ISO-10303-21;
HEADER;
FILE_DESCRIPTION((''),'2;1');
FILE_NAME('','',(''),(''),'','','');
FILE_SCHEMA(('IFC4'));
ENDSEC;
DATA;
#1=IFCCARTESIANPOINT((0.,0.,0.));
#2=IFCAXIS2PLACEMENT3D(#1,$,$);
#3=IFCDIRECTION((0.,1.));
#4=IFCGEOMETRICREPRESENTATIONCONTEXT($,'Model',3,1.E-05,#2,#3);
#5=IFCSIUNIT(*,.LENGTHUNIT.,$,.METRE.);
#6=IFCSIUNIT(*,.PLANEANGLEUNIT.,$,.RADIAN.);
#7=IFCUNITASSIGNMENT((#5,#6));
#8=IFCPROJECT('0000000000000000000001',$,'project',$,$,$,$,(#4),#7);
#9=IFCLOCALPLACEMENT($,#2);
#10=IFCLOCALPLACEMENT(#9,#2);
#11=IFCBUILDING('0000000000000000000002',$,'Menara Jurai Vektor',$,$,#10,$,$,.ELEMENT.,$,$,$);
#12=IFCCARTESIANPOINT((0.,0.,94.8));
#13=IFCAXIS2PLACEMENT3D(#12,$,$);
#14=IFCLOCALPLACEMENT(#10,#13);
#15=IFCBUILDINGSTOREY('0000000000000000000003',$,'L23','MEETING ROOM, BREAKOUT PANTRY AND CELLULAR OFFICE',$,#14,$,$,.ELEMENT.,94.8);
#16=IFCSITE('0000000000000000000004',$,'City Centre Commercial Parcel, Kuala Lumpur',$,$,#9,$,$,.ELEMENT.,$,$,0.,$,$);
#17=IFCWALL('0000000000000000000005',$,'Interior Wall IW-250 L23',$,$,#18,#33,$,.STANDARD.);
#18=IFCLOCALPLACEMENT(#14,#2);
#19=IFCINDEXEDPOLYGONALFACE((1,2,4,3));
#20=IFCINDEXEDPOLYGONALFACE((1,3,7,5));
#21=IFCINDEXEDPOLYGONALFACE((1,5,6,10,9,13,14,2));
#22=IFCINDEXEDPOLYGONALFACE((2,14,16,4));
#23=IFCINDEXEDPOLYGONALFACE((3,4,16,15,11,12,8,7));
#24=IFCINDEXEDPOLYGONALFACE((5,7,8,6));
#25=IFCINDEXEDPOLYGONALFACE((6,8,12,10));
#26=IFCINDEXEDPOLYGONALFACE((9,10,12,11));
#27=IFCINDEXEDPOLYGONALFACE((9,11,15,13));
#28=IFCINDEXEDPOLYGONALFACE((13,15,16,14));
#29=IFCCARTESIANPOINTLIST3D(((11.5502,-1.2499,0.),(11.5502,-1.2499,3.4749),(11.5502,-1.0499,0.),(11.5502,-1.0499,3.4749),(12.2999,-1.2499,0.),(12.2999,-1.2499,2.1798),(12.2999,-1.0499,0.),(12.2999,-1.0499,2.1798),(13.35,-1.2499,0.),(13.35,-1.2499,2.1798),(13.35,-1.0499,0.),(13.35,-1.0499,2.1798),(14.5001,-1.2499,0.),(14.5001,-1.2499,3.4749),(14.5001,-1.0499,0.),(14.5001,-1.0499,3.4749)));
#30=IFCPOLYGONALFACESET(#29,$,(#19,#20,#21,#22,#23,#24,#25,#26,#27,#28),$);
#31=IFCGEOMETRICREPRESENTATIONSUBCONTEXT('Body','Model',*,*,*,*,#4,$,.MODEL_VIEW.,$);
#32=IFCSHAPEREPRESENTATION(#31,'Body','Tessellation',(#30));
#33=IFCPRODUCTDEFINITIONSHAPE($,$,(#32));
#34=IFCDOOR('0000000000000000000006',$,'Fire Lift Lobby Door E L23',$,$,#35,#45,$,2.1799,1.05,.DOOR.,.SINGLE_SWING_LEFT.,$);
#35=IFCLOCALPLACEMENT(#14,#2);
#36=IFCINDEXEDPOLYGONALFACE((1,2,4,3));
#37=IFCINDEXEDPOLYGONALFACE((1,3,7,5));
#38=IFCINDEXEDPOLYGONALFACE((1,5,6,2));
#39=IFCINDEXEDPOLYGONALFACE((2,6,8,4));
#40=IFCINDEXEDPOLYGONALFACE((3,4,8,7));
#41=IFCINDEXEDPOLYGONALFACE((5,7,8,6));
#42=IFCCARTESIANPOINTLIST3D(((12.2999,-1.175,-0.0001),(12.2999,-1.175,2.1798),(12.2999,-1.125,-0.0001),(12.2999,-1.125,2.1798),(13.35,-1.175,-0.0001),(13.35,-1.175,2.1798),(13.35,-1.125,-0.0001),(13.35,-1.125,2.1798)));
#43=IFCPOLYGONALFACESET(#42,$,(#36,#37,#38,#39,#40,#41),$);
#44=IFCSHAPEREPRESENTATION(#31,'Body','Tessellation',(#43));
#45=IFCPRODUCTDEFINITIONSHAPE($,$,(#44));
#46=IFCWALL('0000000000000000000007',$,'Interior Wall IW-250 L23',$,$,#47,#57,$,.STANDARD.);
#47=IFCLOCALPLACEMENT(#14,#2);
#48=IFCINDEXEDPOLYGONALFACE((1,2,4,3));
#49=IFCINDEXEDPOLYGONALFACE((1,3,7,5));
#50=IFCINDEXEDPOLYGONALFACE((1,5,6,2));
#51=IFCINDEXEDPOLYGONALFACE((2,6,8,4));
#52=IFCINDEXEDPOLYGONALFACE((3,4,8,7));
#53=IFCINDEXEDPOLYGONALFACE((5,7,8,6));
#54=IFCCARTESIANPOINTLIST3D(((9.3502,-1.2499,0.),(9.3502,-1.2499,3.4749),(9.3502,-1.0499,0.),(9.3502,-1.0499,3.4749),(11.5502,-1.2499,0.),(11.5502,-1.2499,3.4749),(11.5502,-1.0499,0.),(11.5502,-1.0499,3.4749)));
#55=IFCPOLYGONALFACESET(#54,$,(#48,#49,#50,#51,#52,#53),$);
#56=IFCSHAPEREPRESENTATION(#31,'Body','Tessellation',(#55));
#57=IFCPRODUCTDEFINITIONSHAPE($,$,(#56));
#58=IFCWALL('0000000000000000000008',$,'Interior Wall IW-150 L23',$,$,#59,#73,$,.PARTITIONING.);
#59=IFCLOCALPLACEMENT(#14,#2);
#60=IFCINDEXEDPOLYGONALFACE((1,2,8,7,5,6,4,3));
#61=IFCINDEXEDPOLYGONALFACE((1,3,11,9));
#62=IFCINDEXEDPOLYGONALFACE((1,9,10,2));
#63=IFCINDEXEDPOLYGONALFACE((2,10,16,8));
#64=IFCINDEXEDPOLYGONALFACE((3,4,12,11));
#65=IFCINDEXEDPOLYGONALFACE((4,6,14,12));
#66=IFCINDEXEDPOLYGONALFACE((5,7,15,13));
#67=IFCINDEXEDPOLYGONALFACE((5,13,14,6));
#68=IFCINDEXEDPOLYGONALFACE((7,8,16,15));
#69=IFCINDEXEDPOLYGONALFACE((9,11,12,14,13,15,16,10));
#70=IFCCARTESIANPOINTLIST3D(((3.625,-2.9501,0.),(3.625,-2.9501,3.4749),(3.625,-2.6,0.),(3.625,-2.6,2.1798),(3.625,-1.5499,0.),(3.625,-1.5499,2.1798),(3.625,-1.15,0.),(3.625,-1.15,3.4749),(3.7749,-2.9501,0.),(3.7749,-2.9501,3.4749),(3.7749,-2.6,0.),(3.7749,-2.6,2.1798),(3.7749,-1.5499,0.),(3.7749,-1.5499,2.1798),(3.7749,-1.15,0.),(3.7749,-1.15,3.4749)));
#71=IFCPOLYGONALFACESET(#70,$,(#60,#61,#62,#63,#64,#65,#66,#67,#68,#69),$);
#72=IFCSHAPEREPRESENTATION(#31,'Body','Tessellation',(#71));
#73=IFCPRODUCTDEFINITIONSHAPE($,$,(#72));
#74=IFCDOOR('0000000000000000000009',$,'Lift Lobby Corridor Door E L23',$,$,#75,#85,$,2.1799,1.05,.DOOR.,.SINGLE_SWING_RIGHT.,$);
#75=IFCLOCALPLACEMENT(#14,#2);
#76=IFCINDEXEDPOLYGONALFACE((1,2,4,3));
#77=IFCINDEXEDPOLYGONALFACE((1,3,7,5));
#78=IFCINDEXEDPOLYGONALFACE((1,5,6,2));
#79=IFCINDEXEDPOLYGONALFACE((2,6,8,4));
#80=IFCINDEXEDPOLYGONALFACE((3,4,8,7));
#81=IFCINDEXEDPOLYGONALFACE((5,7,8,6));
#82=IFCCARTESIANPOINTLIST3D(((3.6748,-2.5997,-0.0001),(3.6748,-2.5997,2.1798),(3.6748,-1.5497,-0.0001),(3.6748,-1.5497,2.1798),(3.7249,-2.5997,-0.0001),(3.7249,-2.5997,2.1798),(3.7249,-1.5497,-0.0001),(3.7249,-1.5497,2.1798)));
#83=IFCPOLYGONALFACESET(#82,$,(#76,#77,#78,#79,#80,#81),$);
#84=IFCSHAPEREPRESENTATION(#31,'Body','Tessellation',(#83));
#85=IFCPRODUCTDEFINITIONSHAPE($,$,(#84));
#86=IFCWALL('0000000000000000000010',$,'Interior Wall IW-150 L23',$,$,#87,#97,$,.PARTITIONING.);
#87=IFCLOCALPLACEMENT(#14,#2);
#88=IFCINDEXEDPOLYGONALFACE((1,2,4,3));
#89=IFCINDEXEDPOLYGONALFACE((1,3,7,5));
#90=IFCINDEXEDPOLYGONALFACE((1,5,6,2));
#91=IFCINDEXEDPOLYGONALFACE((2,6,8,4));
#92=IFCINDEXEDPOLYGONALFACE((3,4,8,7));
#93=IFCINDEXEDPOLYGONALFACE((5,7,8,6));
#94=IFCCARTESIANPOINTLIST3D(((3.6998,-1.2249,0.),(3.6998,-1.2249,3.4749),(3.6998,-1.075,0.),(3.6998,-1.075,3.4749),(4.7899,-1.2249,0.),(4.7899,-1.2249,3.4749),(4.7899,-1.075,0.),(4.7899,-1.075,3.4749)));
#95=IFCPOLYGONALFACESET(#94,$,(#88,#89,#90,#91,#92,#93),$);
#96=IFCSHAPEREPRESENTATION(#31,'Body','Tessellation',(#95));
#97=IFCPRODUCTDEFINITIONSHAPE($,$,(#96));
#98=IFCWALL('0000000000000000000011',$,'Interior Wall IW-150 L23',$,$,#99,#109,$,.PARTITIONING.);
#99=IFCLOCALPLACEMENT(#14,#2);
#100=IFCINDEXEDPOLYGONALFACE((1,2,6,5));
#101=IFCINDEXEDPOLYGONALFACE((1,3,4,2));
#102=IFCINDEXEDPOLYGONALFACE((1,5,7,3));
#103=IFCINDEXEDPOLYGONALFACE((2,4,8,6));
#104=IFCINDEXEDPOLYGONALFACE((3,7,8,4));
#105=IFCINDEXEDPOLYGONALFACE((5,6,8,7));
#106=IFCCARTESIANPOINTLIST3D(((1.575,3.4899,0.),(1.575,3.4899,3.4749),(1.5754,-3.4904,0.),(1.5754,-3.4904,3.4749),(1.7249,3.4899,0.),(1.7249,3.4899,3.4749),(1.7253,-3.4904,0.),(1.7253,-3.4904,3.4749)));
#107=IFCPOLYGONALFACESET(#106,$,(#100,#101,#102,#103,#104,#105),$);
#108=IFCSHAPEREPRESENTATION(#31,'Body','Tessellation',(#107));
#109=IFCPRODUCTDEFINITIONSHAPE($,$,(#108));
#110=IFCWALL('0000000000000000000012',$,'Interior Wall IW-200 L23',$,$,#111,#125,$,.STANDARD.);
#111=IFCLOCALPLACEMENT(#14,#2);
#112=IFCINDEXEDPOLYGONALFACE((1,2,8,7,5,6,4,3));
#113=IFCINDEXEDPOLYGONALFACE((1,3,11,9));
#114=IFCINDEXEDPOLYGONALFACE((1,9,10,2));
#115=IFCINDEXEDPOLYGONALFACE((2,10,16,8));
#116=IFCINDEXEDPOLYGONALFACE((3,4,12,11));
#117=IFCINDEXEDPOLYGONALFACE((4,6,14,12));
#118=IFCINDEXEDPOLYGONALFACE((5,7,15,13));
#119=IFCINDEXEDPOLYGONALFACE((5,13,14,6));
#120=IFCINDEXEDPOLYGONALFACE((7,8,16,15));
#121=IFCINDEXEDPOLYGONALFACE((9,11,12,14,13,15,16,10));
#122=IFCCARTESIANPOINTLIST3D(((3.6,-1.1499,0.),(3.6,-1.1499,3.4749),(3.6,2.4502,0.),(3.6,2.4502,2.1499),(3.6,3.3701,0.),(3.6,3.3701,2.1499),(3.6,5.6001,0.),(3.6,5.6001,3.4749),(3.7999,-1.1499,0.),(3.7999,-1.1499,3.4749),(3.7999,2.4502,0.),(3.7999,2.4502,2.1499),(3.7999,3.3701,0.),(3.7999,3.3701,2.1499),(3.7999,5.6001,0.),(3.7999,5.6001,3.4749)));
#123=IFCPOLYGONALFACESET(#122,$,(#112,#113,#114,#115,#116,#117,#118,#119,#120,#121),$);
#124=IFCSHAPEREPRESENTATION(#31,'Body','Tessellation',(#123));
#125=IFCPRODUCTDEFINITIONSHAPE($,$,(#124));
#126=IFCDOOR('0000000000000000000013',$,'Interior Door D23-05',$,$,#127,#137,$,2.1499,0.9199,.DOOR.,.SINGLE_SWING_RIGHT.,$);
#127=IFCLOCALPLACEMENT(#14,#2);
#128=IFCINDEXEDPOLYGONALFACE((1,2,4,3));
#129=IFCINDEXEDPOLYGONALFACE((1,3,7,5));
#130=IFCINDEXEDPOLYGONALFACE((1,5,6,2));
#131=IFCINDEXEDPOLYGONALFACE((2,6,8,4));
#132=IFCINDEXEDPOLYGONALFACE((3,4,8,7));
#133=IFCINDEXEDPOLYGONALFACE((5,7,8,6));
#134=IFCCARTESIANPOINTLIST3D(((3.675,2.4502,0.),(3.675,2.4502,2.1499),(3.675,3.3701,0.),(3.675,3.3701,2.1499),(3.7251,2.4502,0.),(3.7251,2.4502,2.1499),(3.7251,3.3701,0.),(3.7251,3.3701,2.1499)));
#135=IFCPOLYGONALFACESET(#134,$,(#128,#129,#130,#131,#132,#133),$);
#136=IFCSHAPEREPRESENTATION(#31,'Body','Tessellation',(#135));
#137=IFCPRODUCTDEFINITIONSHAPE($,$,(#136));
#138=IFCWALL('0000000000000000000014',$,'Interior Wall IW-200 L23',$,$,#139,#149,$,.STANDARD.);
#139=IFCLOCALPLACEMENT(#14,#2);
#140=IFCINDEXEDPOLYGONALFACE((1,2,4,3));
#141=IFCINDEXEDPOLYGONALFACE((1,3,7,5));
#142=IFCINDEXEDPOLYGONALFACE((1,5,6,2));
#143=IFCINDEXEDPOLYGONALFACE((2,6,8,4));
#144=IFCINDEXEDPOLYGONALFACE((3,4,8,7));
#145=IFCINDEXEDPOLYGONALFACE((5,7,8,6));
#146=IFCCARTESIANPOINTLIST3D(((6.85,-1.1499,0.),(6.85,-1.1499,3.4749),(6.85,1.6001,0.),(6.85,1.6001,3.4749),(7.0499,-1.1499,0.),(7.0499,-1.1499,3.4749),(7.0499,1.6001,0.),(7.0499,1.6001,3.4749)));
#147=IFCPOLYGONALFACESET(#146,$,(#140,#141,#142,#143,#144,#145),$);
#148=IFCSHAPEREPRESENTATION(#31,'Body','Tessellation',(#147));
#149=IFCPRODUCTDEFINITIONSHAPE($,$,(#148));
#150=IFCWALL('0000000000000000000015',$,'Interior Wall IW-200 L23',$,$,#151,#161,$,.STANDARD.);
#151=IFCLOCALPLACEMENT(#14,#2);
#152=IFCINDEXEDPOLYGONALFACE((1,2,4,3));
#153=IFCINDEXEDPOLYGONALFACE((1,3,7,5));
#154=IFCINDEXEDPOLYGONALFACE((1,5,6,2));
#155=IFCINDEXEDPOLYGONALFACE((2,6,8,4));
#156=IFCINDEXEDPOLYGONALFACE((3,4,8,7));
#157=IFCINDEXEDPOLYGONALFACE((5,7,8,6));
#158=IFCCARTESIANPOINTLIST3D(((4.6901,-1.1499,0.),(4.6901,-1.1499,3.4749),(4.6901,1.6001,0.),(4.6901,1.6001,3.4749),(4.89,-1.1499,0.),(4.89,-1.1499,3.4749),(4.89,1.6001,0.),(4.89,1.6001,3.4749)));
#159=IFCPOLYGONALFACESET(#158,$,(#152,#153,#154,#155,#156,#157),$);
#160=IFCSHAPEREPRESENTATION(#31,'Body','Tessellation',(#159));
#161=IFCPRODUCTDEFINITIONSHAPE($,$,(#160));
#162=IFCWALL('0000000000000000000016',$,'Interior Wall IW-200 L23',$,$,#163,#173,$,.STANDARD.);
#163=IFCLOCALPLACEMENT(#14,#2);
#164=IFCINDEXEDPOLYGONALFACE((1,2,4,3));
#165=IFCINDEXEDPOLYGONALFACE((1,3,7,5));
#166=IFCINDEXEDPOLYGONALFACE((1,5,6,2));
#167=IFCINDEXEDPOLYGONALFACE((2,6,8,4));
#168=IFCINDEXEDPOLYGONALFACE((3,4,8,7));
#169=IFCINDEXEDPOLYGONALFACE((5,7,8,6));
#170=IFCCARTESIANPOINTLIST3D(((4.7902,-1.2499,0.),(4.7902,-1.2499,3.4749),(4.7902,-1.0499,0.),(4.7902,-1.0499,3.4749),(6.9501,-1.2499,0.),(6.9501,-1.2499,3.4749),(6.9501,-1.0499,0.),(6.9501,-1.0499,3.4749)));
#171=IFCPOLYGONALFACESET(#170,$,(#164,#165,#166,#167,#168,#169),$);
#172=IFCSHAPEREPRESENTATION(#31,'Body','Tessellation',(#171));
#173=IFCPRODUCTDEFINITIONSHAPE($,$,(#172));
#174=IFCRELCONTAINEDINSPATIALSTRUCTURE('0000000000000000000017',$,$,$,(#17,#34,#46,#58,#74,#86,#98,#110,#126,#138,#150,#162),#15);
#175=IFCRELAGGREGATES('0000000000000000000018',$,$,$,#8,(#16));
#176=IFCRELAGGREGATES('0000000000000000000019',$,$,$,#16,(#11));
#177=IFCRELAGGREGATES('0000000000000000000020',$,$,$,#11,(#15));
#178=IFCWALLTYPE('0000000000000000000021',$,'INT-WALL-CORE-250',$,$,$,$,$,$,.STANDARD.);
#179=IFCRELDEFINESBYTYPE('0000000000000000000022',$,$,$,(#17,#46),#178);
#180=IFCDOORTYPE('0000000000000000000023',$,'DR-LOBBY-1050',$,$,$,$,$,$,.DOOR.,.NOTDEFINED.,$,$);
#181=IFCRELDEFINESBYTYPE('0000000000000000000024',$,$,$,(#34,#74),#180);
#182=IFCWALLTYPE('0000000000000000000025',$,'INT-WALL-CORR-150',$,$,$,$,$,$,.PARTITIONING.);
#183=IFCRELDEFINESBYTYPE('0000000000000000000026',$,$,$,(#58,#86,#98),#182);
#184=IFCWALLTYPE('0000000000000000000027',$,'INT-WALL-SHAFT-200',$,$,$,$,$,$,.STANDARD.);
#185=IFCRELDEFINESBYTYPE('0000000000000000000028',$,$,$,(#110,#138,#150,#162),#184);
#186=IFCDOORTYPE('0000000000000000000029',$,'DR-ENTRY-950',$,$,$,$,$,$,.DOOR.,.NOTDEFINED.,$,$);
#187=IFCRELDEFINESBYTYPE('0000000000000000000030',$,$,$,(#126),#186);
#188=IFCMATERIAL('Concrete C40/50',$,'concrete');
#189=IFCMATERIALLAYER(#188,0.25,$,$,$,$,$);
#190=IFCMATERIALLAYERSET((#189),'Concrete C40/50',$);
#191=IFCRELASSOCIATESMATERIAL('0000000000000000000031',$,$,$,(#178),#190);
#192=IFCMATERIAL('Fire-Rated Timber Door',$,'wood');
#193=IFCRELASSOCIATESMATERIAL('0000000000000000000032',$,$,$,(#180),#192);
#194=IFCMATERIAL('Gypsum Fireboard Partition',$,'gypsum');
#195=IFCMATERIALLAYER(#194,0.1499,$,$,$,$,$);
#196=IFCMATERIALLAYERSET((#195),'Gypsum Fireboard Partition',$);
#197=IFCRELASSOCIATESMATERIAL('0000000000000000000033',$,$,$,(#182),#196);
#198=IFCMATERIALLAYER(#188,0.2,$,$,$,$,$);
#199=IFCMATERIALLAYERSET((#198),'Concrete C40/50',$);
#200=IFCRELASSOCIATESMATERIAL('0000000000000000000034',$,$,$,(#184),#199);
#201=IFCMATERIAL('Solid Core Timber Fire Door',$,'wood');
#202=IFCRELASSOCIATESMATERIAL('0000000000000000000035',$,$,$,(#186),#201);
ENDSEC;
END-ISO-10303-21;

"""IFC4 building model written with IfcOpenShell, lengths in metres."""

from ifc_helpers import new_model, si_unit, direction, frame, frame_2d, origin, place, context, subcontext, project, spatial, rectangle, extrude, material, layer, layer_set, type_object, element, fill, save


model = new_model("IFC4")

# Units and contexts
model_context = context("Model", 3, precision=1e-05, world=origin(), true_north=direction((0.0, 1.0)))
body_context = subcontext(model_context, "Body", "Model", "MODEL_VIEW")
ifc_project = project(units=[si_unit("LENGTHUNIT", "METRE"), si_unit("PLANEANGLEUNIT", "RADIAN")], contexts=[model_context])

# Site, building, storey
site_placement = place(None, origin())
site = spatial("IfcSite", under=ifc_project, at=site_placement, Name="City Centre Commercial Parcel, Kuala Lumpur", CompositionType="ELEMENT", RefElevation=0.0)
building_placement = place(site_placement, origin())
building = spatial("IfcBuilding", under=site, at=building_placement, Name="Menara Jurai Vektor", CompositionType="ELEMENT")
storey_placement = place(building_placement, frame((0.0, 0.0, 94.8)))
storey = spatial("IfcBuildingStorey", under=building, at=storey_placement, Name="L23", Description="MEETING ROOM, BREAKOUT PANTRY AND CELLULAR OFFICE", CompositionType="ELEMENT", Elevation=94.8)

# Shared definitions
ifc_material_1 = material(Name="Concrete C40/50", Category="concrete")
ifc_layer_1 = layer(ifc_material_1, 0.25)
ifc_layer_set_1 = layer_set([ifc_layer_1], Name="Concrete C40/50")
wall_type_1 = type_object("IfcWallType", Name="INT-WALL-CORE-250", PredefinedType="STANDARD", material=ifc_layer_set_1)

# Wall, opening, door
wall_1_placement = place(storey_placement, frame((11.55, -1.1499, 0.0), z_axis=(0.0, 0.0, 1.0), x_axis=(1.0, 0.0, 0.0)))
wall_1 = element("IfcWall", 1, at=wall_1_placement, inside=storey, type_object=wall_type_1, Name="Interior Wall IW-250 L23", PredefinedType="STANDARD", context=body_context, shape_type="SweptSolid", body=[
    extrude(rectangle(XDim=2.95, YDim=0.2, at=frame_2d((1.4751, 0.0))), origin(), (0.0, 0.0, 1.0), 3.4749),
])
opening_1_placement = place(wall_1_placement, frame((0.75, 0.0, 0.0)))
opening_1 = element("IfcOpeningElement", 2, at=opening_1_placement, cuts=wall_1, PredefinedType="OPENING", context=body_context, shape_type="SweptSolid", body=[
    extrude(rectangle(XDim=1.05, YDim=2.1799, at=frame_2d((0.5249, 1.0898))), frame((0.0, 0.1099, 0.0), z_axis=(0.0, -1.0, 0.0), x_axis=(1.0, 0.0, 0.0)), (0.0, 0.0, 1.0), 0.22),
])
ifc_material_2 = material(Name="Fire-Rated Timber Door", Category="wood")
door_type_1 = type_object("IfcDoorType", Name="DR-LOBBY-1050", OperationType="NOTDEFINED", PredefinedType="DOOR", material=ifc_material_2)
door_1_placement = place(opening_1_placement, origin())
door_1 = element("IfcDoor", 3, at=door_1_placement, inside=storey, type_object=door_type_1, Name="Fire Lift Lobby Door E L23", OperationType="SINGLE_SWING_LEFT", OverallHeight=2.1799, OverallWidth=1.05, PredefinedType="DOOR", context=body_context, shape_type="SweptSolid", body=[
    extrude(rectangle(XDim=1.05, YDim=2.1799, at=frame_2d((0.5249, 1.0898))), frame((0.0, 0.0249, 0.0), z_axis=(0.0, -1.0, 0.0), x_axis=(1.0, 0.0, 0.0)), (0.0, 0.0, 1.0), 0.05),
])
fill(opening_1, door_1)

# Wall
wall_2_placement = place(storey_placement, frame((9.3501, -1.1499, 0.0), z_axis=(0.0, 0.0, 1.0), x_axis=(1.0, 0.0, 0.0)))
element("IfcWall", 4, at=wall_2_placement, inside=storey, type_object=wall_type_1, Name="Interior Wall IW-250 L23", PredefinedType="STANDARD", context=body_context, shape_type="SweptSolid", body=[
    extrude(rectangle(XDim=2.2, YDim=0.2, at=frame_2d((1.1001, 0.0))), origin(), (0.0, 0.0, 1.0), 3.4749),
])

# Wall, opening, door
ifc_material_3 = material(Name="Gypsum Fireboard Partition", Category="gypsum")
ifc_layer_2 = layer(ifc_material_3, 0.1499)
ifc_layer_set_2 = layer_set([ifc_layer_2], Name="Gypsum Fireboard Partition")
wall_type_2 = type_object("IfcWallType", Name="INT-WALL-CORR-150", PredefinedType="PARTITIONING", material=ifc_layer_set_2)
wall_3_placement = place(storey_placement, frame((3.7, -2.95, 0.0), z_axis=(0.0, 0.0, 1.0), x_axis=(0.0, 1.0, 0.0)))
wall_3 = element("IfcWall", 5, at=wall_3_placement, inside=storey, type_object=wall_type_2, Name="Interior Wall IW-150 L23", PredefinedType="PARTITIONING", context=body_context, shape_type="SweptSolid", body=[
    extrude(rectangle(XDim=1.8, YDim=0.1499, at=frame_2d((0.8999, 0.0))), origin(), (0.0, 0.0, 1.0), 3.4749),
])
opening_2_placement = place(wall_3_placement, frame((0.3501, 0.0, 0.0)))
opening_2 = element("IfcOpeningElement", 6, at=opening_2_placement, cuts=wall_3, PredefinedType="OPENING", context=body_context, shape_type="SweptSolid", body=[
    extrude(rectangle(XDim=1.05, YDim=2.1799, at=frame_2d((0.5249, 1.0898))), frame((0.0, 0.085, 0.0), z_axis=(0.0, -1.0, 0.0), x_axis=(1.0, 0.0, 0.0)), (0.0, 0.0, 1.0), 0.1699),
])
door_2_placement = place(opening_2_placement, frame((1.05, 0.0, 0.0), z_axis=(0.0, 0.0, 1.0), x_axis=(-1.0, 0.0, 0.0)))
door_2 = element("IfcDoor", 7, at=door_2_placement, inside=storey, type_object=door_type_1, Name="Lift Lobby Corridor Door E L23", OperationType="SINGLE_SWING_RIGHT", OverallHeight=2.1799, OverallWidth=1.05, PredefinedType="DOOR", context=body_context, shape_type="SweptSolid", body=[
    extrude(rectangle(XDim=1.05, YDim=2.1799, at=frame_2d((0.5249, 1.0898))), frame((0.0, 0.0249, 0.0), z_axis=(0.0, -1.0, 0.0), x_axis=(1.0, 0.0, 0.0)), (0.0, 0.0, 1.0), 0.05),
])
fill(opening_2, door_2)

# Walls
wall_4_placement = place(storey_placement, frame((3.7, -1.1499, 0.0), z_axis=(0.0, 0.0, 1.0), x_axis=(1.0, 0.0, 0.0)))
element("IfcWall", 8, at=wall_4_placement, inside=storey, type_object=wall_type_2, Name="Interior Wall IW-150 L23", PredefinedType="PARTITIONING", context=body_context, shape_type="SweptSolid", body=[
    extrude(rectangle(XDim=1.0901, YDim=0.1499, at=frame_2d((0.5449, 0.0))), origin(), (0.0, 0.0, 1.0), 3.4749),
])
wall_5_placement = place(storey_placement, frame((1.6504, -3.4905, 0.0), z_axis=(0.0, 0.0, 1.0), x_axis=(-0.00007, 1.0, 0.0)))
element("IfcWall", 9, at=wall_5_placement, inside=storey, type_object=wall_type_2, Name="Interior Wall IW-150 L23", PredefinedType="PARTITIONING", context=body_context, shape_type="SweptSolid", body=[
    extrude(rectangle(XDim=6.9802, YDim=0.1499, at=frame_2d((3.4902, 0.0))), origin(), (0.0, 0.0, 1.0), 3.4749),
])

# Wall, opening, door
ifc_layer_3 = layer(ifc_material_1, 0.2)
ifc_layer_set_3 = layer_set([ifc_layer_3], Name="Concrete C40/50")
wall_type_3 = type_object("IfcWallType", Name="INT-WALL-SHAFT-200", PredefinedType="STANDARD", material=ifc_layer_set_3)
wall_6_placement = place(storey_placement, frame((3.7, -1.1499, 0.0), z_axis=(0.0, 0.0, 1.0), x_axis=(0.0, 1.0, 0.0)))
wall_6 = element("IfcWall", 10, at=wall_6_placement, inside=storey, type_object=wall_type_3, Name="Interior Wall IW-200 L23", PredefinedType="STANDARD", context=body_context, shape_type="SweptSolid", body=[
    extrude(rectangle(XDim=6.75, YDim=0.2, at=frame_2d((3.375, 0.0))), origin(), (0.0, 0.0, 1.0), 3.4749),
])
opening_3_placement = place(wall_6_placement, frame((3.6001, 0.0, 0.0)))
opening_3 = element("IfcOpeningElement", 11, at=opening_3_placement, cuts=wall_6, PredefinedType="OPENING", context=body_context, shape_type="SweptSolid", body=[
    extrude(rectangle(XDim=0.9199, YDim=2.1499, at=frame_2d((0.46, 1.075))), frame((0.0, 0.1099, 0.0), z_axis=(0.0, -1.0, 0.0), x_axis=(1.0, 0.0, 0.0)), (0.0, 0.0, 1.0), 0.22),
])
ifc_material_4 = material(Name="Solid Core Timber Fire Door", Category="wood")
door_type_2 = type_object("IfcDoorType", Name="DR-ENTRY-950", OperationType="NOTDEFINED", PredefinedType="DOOR", material=ifc_material_4)
door_3_placement = place(opening_3_placement, origin())
door_3 = element("IfcDoor", 12, at=door_3_placement, inside=storey, type_object=door_type_2, Name="Interior Door D23-05", OperationType="SINGLE_SWING_RIGHT", OverallHeight=2.1499, OverallWidth=0.9199, PredefinedType="DOOR", context=body_context, shape_type="SweptSolid", body=[
    extrude(rectangle(XDim=0.9199, YDim=2.1499, at=frame_2d((0.46, 1.075))), frame((0.0, 0.0249, 0.0), z_axis=(0.0, -1.0, 0.0), x_axis=(1.0, 0.0, 0.0)), (0.0, 0.0, 1.0), 0.05),
])
fill(opening_3, door_3)

# Wall
wall_7_placement = place(storey_placement, frame((6.95, -1.1499, 0.0), z_axis=(0.0, 0.0, 1.0), x_axis=(0.0, 1.0, 0.0)))
element("IfcWall", 13, at=wall_7_placement, inside=storey, type_object=wall_type_3, Name="Interior Wall IW-200 L23", PredefinedType="STANDARD", context=body_context, shape_type="SweptSolid", body=[
    extrude(rectangle(XDim=2.75, YDim=0.2, at=frame_2d((1.375, 0.0))), origin(), (0.0, 0.0, 1.0), 3.4749),
])

# Walls
wall_8_placement = place(storey_placement, frame((4.79, -1.1499, 0.0), z_axis=(0.0, 0.0, 1.0), x_axis=(0.0, 1.0, 0.0)))
element("IfcWall", 14, at=wall_8_placement, inside=storey, type_object=wall_type_3, Name="Interior Wall IW-200 L23", PredefinedType="STANDARD", context=body_context, shape_type="SweptSolid", body=[
    extrude(rectangle(XDim=2.75, YDim=0.2, at=frame_2d((1.375, 0.0))), origin(), (0.0, 0.0, 1.0), 3.4749),
])
wall_9_placement = place(storey_placement, frame((4.79, -1.1499, 0.0), z_axis=(0.0, 0.0, 1.0), x_axis=(1.0, 0.0, 0.0)))
element("IfcWall", 15, at=wall_9_placement, inside=storey, type_object=wall_type_3, Name="Interior Wall IW-200 L23", PredefinedType="STANDARD", context=body_context, shape_type="SweptSolid", body=[
    extrude(rectangle(XDim=2.1599, YDim=0.2, at=frame_2d((1.0801, 0.0))), origin(), (0.0, 0.0, 1.0), 3.4749),
])

save(model, "model.ifc")
